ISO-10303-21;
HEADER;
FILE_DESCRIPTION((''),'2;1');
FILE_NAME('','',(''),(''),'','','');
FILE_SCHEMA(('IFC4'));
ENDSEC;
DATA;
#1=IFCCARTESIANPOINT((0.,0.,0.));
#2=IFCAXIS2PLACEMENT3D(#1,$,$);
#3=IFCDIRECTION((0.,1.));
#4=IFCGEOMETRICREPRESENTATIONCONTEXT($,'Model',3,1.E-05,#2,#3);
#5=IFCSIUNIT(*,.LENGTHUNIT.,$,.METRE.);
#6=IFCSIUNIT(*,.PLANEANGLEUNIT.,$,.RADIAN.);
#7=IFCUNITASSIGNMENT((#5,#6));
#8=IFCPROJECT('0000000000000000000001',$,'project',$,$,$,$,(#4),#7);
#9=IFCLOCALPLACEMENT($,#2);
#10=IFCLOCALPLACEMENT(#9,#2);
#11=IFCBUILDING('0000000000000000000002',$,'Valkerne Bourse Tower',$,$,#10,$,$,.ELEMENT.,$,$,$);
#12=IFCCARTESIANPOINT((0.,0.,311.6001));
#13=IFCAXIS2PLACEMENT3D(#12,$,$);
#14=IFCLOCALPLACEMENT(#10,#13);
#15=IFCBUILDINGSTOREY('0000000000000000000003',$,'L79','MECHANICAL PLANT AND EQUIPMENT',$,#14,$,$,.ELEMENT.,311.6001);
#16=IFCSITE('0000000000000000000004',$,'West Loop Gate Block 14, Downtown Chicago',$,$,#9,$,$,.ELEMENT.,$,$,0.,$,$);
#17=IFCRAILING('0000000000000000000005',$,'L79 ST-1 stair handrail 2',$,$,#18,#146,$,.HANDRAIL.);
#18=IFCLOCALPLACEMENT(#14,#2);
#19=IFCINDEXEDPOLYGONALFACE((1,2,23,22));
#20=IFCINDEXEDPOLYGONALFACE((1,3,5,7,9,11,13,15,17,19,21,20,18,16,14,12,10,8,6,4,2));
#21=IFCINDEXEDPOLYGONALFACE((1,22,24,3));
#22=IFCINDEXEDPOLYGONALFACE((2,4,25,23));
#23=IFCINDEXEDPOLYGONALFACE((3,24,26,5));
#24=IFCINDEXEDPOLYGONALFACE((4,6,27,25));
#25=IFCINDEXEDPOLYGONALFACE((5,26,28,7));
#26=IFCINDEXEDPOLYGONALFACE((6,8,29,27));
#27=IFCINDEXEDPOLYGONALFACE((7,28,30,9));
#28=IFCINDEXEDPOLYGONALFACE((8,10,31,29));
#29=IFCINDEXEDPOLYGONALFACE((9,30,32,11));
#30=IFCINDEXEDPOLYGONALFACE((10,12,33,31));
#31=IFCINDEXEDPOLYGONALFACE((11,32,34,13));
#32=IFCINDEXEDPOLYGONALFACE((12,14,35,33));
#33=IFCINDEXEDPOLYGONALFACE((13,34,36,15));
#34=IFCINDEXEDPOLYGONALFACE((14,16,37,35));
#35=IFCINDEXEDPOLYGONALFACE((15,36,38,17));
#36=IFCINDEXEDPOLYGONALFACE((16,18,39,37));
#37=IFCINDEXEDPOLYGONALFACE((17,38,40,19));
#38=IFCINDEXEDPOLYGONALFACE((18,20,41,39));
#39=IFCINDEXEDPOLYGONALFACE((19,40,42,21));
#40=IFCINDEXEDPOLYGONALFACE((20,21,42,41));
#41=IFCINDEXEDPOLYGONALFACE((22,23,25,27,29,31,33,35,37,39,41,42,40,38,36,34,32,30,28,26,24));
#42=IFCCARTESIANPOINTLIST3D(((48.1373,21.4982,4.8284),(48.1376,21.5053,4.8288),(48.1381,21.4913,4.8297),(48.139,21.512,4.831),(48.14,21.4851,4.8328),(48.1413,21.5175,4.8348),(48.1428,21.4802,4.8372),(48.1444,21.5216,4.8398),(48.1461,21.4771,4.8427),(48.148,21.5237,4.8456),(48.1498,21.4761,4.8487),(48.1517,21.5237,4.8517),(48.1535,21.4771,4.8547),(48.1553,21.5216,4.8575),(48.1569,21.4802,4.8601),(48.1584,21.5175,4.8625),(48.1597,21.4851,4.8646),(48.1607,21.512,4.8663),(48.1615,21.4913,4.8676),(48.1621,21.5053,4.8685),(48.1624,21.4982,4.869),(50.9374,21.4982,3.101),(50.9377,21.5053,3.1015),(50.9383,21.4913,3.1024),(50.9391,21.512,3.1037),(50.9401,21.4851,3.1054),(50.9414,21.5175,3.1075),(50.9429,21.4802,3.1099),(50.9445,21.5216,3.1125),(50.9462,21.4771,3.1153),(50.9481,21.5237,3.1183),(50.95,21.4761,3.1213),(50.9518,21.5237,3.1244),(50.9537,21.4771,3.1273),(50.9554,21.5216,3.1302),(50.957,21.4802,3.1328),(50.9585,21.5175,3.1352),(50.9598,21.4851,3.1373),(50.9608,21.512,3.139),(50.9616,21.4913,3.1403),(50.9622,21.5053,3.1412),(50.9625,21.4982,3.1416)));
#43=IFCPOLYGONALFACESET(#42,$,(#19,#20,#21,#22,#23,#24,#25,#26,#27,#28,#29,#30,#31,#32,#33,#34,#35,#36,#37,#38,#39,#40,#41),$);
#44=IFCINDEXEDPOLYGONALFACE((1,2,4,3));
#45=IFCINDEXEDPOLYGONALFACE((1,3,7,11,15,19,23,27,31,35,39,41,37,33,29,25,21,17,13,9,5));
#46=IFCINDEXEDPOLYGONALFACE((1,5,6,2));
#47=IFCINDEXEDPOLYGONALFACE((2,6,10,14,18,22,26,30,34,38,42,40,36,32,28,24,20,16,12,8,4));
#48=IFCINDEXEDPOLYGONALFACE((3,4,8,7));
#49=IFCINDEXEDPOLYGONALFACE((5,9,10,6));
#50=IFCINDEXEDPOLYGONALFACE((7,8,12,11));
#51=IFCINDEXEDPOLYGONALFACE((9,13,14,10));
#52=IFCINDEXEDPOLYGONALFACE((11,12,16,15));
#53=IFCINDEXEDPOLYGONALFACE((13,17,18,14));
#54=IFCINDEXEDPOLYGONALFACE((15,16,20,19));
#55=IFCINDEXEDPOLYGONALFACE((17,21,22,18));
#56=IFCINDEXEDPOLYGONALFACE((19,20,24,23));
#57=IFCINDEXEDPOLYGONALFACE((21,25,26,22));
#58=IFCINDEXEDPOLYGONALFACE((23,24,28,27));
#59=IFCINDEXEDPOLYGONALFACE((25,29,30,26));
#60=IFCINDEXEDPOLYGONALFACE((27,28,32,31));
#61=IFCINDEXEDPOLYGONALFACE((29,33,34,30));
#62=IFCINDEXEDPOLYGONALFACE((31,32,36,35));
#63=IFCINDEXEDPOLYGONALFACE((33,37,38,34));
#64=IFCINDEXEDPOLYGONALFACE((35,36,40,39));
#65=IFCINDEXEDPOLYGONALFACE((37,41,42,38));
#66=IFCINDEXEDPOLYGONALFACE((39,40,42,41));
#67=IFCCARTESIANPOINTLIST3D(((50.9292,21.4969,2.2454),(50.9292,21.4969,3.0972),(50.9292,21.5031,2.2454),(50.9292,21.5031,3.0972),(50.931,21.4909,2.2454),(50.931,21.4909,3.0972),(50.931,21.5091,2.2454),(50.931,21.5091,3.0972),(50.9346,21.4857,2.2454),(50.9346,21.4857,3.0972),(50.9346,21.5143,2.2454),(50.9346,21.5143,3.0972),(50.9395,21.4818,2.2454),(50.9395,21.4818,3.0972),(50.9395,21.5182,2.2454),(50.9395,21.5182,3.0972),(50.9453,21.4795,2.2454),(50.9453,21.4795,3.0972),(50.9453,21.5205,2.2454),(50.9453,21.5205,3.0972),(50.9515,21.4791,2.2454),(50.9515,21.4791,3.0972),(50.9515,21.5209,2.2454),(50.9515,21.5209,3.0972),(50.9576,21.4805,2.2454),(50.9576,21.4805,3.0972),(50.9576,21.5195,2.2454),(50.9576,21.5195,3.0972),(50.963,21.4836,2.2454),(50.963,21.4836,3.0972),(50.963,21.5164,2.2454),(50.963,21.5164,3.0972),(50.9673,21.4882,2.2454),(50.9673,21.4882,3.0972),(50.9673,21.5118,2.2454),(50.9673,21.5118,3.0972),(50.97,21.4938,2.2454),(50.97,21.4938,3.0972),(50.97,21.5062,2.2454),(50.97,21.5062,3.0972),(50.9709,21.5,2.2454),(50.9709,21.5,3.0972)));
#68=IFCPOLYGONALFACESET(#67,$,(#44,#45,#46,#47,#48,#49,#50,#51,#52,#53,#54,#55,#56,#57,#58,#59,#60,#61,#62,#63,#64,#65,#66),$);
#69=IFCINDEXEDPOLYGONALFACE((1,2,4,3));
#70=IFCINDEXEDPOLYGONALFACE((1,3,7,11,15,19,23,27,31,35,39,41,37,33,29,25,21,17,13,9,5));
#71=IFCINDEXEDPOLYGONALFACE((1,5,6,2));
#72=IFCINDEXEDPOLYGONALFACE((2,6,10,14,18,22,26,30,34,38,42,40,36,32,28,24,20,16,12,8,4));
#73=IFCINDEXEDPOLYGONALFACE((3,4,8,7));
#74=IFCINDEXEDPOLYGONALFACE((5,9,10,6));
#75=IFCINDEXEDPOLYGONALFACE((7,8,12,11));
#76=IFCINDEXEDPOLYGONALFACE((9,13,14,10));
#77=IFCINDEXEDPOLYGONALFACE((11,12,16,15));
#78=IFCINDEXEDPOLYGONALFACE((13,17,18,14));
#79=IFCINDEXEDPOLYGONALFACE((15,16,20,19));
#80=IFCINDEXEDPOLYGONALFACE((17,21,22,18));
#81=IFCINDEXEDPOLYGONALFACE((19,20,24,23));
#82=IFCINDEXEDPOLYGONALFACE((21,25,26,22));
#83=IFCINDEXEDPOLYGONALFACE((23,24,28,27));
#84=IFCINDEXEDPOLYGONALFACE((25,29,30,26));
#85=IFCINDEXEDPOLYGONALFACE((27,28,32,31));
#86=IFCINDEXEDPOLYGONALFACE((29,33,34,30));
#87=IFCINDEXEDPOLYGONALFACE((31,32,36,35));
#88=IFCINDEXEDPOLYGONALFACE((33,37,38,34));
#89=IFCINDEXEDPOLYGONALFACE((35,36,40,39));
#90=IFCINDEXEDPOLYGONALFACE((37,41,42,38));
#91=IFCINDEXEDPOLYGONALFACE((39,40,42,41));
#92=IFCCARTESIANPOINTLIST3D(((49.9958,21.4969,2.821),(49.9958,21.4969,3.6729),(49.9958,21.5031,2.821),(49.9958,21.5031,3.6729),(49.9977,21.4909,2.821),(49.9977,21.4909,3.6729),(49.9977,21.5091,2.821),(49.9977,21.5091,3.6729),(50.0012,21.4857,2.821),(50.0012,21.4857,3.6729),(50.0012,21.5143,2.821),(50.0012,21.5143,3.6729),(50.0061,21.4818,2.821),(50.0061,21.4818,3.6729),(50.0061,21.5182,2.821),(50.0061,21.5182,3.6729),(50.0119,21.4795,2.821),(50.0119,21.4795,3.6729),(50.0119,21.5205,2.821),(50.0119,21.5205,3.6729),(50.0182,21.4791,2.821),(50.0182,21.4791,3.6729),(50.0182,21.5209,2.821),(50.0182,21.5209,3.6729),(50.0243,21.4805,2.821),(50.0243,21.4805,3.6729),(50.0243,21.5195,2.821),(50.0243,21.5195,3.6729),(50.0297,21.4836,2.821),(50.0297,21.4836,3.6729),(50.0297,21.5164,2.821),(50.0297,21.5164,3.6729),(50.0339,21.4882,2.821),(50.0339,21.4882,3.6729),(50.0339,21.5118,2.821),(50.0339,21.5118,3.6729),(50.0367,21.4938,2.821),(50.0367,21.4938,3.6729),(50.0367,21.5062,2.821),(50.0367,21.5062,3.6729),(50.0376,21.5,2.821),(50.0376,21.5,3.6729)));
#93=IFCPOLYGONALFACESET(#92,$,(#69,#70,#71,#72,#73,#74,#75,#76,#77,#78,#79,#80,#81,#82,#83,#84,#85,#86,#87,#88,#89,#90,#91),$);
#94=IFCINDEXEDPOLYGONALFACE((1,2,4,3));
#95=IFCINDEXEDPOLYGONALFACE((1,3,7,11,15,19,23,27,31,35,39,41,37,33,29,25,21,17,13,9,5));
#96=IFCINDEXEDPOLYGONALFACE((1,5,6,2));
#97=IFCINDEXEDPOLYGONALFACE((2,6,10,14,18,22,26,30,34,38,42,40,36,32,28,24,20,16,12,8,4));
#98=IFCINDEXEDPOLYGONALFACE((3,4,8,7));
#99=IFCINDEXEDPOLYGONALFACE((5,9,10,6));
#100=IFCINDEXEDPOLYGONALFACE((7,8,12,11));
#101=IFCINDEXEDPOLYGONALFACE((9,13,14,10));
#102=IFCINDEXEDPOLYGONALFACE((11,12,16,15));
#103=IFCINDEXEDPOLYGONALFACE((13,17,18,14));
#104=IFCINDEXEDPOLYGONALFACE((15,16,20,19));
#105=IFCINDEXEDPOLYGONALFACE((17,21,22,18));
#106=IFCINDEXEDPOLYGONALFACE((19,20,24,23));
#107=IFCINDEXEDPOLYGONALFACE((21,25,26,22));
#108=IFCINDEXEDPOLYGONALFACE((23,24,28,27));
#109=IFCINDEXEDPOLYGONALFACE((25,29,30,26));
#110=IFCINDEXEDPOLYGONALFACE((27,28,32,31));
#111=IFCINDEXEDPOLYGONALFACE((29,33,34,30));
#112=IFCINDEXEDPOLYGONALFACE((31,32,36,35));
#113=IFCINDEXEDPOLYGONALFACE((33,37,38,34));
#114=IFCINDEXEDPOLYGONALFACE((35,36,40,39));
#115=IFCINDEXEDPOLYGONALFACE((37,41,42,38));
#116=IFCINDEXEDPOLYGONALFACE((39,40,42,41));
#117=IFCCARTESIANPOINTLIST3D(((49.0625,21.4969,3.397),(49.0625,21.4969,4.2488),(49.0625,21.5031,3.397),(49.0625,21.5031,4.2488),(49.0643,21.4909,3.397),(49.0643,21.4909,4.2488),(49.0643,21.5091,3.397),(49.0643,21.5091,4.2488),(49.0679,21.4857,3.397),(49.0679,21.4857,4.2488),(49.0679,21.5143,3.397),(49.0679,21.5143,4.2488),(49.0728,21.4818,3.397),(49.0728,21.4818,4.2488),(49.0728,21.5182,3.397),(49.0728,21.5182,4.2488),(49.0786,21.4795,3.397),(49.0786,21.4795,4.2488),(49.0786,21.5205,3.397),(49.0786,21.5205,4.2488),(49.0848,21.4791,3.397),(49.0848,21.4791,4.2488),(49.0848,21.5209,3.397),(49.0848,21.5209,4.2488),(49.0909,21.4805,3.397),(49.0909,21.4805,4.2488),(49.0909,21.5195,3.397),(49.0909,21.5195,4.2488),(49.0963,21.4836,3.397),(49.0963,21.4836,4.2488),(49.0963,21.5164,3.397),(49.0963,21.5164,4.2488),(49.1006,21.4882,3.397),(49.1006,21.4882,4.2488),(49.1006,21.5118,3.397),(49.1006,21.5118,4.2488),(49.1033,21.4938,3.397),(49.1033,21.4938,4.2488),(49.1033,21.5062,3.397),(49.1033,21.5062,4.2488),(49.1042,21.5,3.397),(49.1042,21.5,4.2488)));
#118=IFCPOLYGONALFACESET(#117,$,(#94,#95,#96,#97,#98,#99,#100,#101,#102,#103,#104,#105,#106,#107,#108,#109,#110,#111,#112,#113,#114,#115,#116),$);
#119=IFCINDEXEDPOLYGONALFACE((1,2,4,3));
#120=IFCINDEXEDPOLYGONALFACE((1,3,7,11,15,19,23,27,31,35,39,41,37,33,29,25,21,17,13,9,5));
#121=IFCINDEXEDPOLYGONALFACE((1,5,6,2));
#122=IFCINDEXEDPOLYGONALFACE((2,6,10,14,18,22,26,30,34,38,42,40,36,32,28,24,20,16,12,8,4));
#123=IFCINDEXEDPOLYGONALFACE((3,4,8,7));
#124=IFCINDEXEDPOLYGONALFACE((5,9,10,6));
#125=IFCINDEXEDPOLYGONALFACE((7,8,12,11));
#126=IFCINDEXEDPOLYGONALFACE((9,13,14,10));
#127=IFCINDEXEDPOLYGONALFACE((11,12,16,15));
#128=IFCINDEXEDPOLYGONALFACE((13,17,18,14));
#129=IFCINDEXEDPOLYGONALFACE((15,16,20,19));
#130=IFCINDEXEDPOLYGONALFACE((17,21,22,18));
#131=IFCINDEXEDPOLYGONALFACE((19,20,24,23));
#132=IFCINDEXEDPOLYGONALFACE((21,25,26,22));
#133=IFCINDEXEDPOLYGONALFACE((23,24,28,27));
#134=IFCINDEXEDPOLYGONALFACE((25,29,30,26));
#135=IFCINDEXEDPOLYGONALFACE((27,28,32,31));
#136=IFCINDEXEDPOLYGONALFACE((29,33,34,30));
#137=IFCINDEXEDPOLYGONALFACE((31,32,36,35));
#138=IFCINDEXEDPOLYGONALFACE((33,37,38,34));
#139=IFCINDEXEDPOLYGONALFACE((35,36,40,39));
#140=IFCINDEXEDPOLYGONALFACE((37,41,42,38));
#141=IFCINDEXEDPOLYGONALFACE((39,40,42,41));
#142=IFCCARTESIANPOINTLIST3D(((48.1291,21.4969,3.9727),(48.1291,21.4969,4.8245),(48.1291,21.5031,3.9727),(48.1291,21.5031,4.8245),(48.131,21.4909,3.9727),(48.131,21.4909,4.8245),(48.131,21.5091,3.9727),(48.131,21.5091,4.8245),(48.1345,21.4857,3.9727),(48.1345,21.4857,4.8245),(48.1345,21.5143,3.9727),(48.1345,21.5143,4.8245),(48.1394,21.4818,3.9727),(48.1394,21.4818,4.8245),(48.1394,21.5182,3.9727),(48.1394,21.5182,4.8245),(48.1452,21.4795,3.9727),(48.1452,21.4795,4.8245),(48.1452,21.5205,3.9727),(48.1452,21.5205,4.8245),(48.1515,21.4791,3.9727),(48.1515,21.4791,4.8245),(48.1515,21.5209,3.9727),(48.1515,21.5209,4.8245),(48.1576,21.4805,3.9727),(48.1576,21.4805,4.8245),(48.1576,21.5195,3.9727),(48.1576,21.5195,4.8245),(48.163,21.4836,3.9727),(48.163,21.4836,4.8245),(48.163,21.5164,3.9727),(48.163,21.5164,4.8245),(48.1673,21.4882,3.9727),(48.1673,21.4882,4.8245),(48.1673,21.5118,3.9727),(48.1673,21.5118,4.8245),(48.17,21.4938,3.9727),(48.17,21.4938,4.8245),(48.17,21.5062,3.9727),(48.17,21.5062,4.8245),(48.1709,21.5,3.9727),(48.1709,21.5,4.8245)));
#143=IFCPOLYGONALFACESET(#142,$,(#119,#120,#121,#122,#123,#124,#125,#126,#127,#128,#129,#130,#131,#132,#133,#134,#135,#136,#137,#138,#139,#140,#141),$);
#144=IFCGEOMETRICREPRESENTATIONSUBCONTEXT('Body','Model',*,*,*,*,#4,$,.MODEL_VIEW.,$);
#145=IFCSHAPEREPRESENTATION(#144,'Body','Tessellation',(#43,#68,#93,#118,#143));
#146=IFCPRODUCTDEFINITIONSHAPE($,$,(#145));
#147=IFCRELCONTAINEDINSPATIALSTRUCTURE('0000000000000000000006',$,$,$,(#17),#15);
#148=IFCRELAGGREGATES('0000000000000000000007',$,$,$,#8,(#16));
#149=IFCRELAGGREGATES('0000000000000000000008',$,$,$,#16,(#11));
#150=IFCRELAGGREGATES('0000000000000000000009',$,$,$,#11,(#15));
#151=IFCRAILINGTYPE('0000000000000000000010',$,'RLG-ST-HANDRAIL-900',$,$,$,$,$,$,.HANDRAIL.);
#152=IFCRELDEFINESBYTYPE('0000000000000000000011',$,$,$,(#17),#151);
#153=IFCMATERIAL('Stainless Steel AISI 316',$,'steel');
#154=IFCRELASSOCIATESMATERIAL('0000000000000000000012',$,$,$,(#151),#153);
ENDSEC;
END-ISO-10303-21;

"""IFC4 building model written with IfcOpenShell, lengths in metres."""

from ifc_helpers import new_model, si_unit, direction, frame, origin, origin_2d, place, context, subcontext, project, spatial, circle, extrude, material, type_object, element, save


model = new_model("IFC4")

# Units and contexts
model_context = context("Model", 3, precision=1e-05, world=origin(), true_north=direction((0.0, 1.0)))
body_context = subcontext(model_context, "Body", "Model", "MODEL_VIEW")
ifc_project = project(units=[si_unit("LENGTHUNIT", "METRE"), si_unit("PLANEANGLEUNIT", "RADIAN")], contexts=[model_context])

# Site, building, storey
site_placement = place(None, origin())
site = spatial("IfcSite", under=ifc_project, at=site_placement, Name="West Loop Gate Block 14, Downtown Chicago", CompositionType="ELEMENT", RefElevation=0.0)
building_placement = place(site_placement, origin())
building = spatial("IfcBuilding", under=site, at=building_placement, Name="Valkerne Bourse Tower", CompositionType="ELEMENT")
storey_placement = place(building_placement, frame((0.0, 0.0, 311.6001)))
storey = spatial("IfcBuildingStorey", under=building, at=storey_placement, Name="L79", Description="MECHANICAL PLANT AND EQUIPMENT", CompositionType="ELEMENT", Elevation=311.6001)

# Shared definitions
ifc_material_1 = material(Name="Stainless Steel AISI 316", Category="steel")

# Railing
railing_type_1 = type_object("IfcRailingType", Name="RLG-ST-HANDRAIL-900", PredefinedType="HANDRAIL", material=ifc_material_1)
railing_1_placement = place(storey_placement, frame((50.95, 21.5, 2.2454)))
element("IfcRailing", 1, at=railing_1_placement, inside=storey, type_object=railing_type_1, Name="L79 ST-1 stair handrail 2", PredefinedType="HANDRAIL", context=body_context, shape_type="SweptSolid", body=[
    extrude(circle(Radius=0.0239, at=origin_2d()), frame((0.0, 0.0, 0.876), z_axis=(-0.85109, 0.0, 0.52502), x_axis=(0.0, -1.0, 0.0)), (0.0, 0.0, 1.0), 3.29),
    extrude(circle(Radius=0.021, at=origin_2d()), origin(), (0.0, 0.0, 1.0), 0.8518),
    extrude(circle(Radius=0.021, at=origin_2d()), frame((-0.9333, 0.0, 0.5757)), (0.0, 0.0, 1.0), 0.8518),
    extrude(circle(Radius=0.021, at=origin_2d()), frame((-1.8667, 0.0, 1.1516)), (0.0, 0.0, 1.0), 0.8518),
    extrude(circle(Radius=0.021, at=origin_2d()), frame((-2.8, 0.0, 1.7273)), (0.0, 0.0, 1.0), 0.8518),
])

save(model, "model.ifc")
